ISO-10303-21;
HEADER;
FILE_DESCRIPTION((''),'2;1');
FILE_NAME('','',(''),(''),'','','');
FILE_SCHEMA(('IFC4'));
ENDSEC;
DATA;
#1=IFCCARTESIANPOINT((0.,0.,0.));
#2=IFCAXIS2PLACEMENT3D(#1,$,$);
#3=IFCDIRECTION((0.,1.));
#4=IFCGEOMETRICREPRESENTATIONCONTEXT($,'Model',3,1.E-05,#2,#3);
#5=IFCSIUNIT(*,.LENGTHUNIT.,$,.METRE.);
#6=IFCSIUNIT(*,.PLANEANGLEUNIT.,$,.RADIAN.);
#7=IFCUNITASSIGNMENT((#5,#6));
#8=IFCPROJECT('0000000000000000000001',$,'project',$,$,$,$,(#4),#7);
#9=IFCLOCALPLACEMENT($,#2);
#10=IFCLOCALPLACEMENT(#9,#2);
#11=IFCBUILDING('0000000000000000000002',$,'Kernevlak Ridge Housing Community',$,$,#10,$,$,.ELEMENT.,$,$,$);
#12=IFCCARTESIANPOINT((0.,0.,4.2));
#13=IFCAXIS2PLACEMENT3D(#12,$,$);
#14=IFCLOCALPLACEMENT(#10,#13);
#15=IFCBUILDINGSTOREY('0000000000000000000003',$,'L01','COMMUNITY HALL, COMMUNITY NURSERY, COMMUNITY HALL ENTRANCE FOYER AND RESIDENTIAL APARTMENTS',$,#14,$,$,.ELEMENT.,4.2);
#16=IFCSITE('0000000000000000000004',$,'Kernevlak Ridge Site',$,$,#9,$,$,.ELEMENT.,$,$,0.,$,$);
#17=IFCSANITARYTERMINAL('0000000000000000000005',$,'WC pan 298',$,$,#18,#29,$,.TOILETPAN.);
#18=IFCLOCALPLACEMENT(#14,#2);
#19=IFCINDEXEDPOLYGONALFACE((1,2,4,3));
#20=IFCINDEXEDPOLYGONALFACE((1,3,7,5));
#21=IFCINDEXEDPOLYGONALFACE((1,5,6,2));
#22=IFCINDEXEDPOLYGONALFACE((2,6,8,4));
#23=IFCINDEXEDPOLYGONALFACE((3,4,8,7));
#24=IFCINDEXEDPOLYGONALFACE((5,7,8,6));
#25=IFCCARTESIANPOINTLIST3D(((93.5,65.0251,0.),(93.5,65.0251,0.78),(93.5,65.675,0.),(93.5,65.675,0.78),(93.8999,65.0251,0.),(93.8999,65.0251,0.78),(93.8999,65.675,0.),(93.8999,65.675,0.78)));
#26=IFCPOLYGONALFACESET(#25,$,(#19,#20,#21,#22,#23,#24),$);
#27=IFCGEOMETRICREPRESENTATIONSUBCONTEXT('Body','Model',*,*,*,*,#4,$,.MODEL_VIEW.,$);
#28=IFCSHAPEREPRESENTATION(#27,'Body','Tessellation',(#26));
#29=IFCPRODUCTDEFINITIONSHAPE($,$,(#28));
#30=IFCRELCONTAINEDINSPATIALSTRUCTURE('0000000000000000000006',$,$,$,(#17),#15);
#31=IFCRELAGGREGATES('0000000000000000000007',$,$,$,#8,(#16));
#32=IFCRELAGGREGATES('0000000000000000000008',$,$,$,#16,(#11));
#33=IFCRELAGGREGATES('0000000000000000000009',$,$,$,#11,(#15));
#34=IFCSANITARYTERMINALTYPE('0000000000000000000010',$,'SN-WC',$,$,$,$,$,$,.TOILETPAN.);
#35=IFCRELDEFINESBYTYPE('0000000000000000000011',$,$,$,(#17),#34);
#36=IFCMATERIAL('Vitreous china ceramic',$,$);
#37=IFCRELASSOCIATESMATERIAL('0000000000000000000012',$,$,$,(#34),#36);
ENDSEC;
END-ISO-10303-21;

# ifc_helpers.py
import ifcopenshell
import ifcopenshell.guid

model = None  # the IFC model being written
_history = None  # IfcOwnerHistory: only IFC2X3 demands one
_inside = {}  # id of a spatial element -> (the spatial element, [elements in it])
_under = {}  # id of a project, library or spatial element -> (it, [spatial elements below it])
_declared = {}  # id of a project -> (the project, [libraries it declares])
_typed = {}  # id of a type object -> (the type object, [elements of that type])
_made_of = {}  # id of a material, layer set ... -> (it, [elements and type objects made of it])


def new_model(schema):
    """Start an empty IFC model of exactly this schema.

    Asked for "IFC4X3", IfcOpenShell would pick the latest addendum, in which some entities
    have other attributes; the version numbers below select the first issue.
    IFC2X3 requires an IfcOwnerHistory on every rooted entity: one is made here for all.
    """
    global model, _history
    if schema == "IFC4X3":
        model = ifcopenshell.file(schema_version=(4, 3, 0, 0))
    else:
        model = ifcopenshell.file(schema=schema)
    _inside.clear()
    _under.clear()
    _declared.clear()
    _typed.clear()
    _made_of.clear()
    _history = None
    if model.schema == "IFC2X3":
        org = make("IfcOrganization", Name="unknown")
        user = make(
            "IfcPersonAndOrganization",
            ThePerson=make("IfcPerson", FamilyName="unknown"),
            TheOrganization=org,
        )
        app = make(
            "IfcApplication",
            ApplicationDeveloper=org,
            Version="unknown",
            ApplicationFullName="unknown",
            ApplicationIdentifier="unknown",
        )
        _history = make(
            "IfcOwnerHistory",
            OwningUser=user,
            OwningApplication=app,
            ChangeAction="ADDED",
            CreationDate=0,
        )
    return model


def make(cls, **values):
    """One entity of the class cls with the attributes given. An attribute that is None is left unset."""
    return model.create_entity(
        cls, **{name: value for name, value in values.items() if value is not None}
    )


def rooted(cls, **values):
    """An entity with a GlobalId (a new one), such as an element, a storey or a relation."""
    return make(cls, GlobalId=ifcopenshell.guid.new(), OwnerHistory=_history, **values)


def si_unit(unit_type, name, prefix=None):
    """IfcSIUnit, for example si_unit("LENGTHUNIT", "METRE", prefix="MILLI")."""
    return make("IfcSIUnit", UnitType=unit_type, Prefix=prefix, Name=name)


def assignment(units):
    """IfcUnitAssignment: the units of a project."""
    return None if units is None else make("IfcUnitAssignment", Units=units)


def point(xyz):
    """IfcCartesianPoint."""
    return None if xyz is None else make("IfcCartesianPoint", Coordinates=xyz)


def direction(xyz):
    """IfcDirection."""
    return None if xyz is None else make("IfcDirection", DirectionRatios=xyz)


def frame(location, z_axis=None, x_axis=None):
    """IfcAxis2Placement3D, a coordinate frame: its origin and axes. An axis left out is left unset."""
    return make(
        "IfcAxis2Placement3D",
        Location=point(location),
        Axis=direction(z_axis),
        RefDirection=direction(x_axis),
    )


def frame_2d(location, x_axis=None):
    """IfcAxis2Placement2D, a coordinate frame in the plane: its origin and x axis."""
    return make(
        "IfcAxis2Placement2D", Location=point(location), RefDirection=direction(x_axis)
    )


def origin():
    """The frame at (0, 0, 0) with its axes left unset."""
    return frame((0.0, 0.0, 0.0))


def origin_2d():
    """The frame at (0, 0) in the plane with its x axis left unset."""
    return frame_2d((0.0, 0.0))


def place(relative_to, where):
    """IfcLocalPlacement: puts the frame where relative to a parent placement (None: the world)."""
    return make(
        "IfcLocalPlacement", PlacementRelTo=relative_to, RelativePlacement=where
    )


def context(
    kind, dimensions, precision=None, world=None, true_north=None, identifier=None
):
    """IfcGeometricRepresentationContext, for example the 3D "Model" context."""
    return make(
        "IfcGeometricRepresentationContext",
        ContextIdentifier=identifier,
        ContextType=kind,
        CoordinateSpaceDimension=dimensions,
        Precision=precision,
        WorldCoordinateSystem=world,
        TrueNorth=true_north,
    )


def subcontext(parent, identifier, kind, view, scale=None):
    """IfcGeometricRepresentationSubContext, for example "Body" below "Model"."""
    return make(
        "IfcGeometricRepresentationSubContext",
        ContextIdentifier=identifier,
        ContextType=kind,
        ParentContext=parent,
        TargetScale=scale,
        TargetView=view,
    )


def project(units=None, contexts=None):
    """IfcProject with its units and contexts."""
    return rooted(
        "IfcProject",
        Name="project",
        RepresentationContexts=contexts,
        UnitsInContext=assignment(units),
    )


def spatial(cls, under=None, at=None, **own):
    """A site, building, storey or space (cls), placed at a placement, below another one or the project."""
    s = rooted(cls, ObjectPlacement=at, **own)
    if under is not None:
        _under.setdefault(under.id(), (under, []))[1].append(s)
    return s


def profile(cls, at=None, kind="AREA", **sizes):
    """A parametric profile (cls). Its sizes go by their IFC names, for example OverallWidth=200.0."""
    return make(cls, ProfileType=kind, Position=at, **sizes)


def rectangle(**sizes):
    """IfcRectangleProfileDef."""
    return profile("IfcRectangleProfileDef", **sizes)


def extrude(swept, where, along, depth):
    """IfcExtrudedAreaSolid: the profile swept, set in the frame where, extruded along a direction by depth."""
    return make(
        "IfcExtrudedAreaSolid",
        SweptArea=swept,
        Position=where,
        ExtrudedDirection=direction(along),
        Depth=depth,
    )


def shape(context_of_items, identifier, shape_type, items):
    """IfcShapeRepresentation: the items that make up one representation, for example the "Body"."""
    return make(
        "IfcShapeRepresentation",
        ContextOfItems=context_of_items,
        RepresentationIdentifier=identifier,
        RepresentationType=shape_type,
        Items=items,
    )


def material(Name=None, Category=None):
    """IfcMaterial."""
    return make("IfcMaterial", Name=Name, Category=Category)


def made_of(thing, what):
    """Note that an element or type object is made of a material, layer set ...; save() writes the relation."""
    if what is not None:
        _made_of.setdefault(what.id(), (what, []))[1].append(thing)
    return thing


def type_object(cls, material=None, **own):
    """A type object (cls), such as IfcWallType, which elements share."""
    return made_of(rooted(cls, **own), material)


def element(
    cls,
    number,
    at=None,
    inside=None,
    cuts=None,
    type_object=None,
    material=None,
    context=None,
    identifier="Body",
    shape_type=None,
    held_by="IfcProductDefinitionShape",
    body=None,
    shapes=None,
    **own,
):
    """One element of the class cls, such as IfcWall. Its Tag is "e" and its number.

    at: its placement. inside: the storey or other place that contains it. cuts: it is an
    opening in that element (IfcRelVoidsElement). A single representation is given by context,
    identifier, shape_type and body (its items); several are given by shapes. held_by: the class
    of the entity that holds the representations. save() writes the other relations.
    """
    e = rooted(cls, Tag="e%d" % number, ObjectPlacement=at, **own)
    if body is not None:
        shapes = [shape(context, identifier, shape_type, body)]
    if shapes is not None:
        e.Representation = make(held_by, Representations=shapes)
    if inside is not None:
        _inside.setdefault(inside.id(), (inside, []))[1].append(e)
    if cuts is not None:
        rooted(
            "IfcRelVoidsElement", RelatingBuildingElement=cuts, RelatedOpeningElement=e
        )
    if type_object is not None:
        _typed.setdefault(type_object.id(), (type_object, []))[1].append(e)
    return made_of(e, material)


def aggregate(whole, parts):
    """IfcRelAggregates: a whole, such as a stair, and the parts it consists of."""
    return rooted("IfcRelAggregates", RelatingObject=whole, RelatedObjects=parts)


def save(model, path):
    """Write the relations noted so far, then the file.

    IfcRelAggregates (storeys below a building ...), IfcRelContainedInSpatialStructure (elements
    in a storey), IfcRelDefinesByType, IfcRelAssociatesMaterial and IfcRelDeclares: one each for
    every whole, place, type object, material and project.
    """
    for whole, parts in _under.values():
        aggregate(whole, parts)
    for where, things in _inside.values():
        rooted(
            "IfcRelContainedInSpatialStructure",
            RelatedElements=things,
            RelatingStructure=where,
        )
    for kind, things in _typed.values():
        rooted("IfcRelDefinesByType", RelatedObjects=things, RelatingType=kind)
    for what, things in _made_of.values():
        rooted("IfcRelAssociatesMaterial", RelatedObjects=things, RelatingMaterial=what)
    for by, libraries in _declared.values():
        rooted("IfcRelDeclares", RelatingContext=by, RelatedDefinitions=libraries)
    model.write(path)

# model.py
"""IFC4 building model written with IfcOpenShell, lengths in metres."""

from ifc_helpers import new_model, si_unit, direction, frame, origin, origin_2d, place, context, subcontext, project, spatial, rectangle, extrude, material, type_object, element, save


model = new_model("IFC4")

# Units and contexts
model_context = context("Model", 3, precision=1e-05, world=origin(), true_north=direction((0.0, 1.0)))
body_context = subcontext(model_context, "Body", "Model", "MODEL_VIEW")
ifc_project = project(units=[si_unit("LENGTHUNIT", "METRE"), si_unit("PLANEANGLEUNIT", "RADIAN")], contexts=[model_context])

# Site, building, storey
site_placement = place(None, origin())
site = spatial("IfcSite", under=ifc_project, at=site_placement, Name="Kernevlak Ridge Site", CompositionType="ELEMENT", RefElevation=0.0)
building_placement = place(site_placement, origin())
building = spatial("IfcBuilding", under=site, at=building_placement, Name="Kernevlak Ridge Housing Community", CompositionType="ELEMENT")
storey_placement = place(building_placement, frame((0.0, 0.0, 4.2)))
storey = spatial("IfcBuildingStorey", under=building, at=storey_placement, Name="L01", Description="COMMUNITY HALL, COMMUNITY NURSERY, COMMUNITY HALL ENTRANCE FOYER AND RESIDENTIAL APARTMENTS", CompositionType="ELEMENT", Elevation=4.2)

# Sanitary terminal
ifc_material_1 = material(Name="Vitreous china ceramic")
sanitary_terminal_type_1 = type_object("IfcSanitaryTerminalType", Name="SN-WC", PredefinedType="TOILETPAN", material=ifc_material_1)
sanitary_terminal_1_placement = place(storey_placement, frame((93.7, 65.3501, 0.0), z_axis=(0.0, 0.0, 1.0), x_axis=(1.0, 0.0, 0.0)))
element("IfcSanitaryTerminal", 1, at=sanitary_terminal_1_placement, inside=storey, type_object=sanitary_terminal_type_1, Name="WC pan 298", PredefinedType="TOILETPAN", context=body_context, shape_type="SweptSolid", body=[
    extrude(rectangle(XDim=0.3999, YDim=0.6499, at=origin_2d()), origin(), (0.0, 0.0, 1.0), 0.78),
])

save(model, "model.ifc")
